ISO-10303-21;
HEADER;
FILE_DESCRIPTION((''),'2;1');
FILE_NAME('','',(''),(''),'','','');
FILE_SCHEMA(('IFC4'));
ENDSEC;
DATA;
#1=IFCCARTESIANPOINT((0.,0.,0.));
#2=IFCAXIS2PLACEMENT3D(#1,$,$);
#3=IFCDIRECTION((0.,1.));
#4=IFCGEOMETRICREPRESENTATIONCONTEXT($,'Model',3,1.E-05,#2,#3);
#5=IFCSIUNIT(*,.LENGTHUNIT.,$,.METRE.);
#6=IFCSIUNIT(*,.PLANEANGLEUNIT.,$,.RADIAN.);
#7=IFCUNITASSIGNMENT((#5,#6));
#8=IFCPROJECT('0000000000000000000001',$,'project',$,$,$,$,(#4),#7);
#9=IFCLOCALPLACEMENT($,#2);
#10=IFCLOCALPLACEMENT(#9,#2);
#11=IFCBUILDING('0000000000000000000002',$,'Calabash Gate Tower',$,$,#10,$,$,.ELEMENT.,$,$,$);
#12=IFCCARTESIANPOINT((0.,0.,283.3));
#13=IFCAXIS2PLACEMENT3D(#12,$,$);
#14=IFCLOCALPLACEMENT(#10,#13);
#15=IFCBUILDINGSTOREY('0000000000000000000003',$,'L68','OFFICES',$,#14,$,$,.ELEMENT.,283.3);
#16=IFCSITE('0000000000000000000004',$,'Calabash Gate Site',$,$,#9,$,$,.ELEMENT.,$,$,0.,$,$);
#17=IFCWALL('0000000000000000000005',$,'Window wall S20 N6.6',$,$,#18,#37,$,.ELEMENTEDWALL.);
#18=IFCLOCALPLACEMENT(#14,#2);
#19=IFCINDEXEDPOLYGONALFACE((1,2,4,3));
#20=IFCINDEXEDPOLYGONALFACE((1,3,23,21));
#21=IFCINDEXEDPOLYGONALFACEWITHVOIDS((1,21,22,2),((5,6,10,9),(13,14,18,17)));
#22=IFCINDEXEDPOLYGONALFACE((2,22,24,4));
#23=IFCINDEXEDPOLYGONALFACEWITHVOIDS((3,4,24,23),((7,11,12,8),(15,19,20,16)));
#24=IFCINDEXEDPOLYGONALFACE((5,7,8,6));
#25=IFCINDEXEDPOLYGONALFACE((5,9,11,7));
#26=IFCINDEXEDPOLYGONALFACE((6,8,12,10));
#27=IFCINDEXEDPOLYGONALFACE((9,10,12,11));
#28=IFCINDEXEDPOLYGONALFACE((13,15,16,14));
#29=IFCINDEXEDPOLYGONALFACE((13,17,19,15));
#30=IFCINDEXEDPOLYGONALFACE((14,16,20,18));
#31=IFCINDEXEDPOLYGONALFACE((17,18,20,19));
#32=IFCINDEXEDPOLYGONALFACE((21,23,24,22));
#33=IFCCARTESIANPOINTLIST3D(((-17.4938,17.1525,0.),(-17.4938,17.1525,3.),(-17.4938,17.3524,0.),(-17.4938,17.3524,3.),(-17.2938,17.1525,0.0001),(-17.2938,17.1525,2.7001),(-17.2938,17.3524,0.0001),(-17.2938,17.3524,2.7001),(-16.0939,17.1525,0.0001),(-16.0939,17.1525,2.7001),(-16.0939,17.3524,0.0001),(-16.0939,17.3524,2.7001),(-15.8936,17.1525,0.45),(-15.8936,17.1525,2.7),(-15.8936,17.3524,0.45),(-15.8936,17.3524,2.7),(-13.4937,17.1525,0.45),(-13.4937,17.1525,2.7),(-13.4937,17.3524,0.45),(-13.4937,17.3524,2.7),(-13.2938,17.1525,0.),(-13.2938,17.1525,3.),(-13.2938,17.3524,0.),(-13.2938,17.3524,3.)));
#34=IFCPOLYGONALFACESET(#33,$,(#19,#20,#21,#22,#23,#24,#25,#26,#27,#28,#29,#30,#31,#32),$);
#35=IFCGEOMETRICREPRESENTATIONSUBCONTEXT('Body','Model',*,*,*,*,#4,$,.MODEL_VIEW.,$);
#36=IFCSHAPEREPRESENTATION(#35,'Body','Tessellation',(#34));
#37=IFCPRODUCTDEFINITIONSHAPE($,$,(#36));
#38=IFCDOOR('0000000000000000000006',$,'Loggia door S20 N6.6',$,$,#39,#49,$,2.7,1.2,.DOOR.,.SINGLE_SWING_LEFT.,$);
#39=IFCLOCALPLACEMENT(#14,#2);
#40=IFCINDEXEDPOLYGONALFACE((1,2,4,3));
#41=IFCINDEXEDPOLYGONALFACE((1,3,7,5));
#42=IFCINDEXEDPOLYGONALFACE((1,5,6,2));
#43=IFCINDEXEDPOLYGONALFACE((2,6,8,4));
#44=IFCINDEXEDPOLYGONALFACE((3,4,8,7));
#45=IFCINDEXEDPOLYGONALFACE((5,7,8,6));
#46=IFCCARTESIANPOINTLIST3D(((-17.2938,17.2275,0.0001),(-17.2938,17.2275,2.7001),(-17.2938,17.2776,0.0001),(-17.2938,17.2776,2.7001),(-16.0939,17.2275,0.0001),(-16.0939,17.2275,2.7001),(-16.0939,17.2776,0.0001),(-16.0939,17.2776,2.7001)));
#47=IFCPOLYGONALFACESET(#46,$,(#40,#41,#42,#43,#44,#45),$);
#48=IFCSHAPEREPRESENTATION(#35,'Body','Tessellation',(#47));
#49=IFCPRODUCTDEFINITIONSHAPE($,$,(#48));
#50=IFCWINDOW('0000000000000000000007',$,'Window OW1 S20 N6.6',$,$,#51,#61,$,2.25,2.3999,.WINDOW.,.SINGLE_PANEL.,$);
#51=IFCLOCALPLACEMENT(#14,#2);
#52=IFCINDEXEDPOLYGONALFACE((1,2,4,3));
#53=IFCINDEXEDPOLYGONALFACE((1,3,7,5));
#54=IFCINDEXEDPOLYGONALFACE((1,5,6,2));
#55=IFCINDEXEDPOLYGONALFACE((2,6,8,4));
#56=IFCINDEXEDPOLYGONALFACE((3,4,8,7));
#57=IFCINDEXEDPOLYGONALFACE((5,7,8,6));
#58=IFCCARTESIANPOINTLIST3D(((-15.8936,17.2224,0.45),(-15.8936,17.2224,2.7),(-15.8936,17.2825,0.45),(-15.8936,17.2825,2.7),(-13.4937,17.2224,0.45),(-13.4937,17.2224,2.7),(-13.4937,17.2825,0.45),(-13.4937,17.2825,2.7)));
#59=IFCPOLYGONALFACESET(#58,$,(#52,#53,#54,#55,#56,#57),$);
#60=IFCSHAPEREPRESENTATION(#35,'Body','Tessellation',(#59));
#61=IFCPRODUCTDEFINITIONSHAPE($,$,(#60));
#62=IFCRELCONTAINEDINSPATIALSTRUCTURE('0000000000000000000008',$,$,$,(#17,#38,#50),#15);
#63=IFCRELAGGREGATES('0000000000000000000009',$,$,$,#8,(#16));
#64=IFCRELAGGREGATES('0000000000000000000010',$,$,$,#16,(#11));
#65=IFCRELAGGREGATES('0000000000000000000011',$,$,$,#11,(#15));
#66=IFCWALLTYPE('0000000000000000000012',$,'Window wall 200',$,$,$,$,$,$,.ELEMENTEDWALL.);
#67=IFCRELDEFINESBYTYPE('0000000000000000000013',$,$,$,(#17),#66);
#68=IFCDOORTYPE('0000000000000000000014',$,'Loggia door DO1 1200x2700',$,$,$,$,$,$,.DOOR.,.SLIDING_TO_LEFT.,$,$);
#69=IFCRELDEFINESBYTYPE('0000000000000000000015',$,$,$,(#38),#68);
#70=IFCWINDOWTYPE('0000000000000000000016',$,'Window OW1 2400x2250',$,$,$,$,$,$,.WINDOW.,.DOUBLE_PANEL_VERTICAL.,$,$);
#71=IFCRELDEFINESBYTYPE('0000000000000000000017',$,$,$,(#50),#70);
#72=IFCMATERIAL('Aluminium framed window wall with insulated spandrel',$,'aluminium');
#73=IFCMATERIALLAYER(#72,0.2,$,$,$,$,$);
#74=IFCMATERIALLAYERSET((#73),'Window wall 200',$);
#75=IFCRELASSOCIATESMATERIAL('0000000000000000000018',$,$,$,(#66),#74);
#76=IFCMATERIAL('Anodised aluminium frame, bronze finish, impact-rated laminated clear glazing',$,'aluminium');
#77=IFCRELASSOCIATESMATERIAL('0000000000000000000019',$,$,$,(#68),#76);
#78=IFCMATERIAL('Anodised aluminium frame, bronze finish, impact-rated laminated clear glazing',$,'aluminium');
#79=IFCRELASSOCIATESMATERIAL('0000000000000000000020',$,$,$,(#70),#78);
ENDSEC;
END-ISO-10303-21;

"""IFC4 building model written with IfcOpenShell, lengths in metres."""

from ifc_helpers import new_model, si_unit, direction, frame, frame_2d, origin, place, context, subcontext, project, spatial, rectangle, extrude, material, layer, layer_set, type_object, element, fill, save


model = new_model("IFC4")

# Units and contexts
model_context = context("Model", 3, precision=1e-05, world=origin(), true_north=direction((0.0, 1.0)))
body_context = subcontext(model_context, "Body", "Model", "MODEL_VIEW")
ifc_project = project(units=[si_unit("LENGTHUNIT", "METRE"), si_unit("PLANEANGLEUNIT", "RADIAN")], contexts=[model_context])

# Site, building, storey
site_placement = place(None, origin())
site = spatial("IfcSite", under=ifc_project, at=site_placement, Name="Calabash Gate Site", CompositionType="ELEMENT", RefElevation=0.0)
building_placement = place(site_placement, origin())
building = spatial("IfcBuilding", under=site, at=building_placement, Name="Calabash Gate Tower", CompositionType="ELEMENT")
storey_placement = place(building_placement, frame((0.0, 0.0, 283.3)))
storey = spatial("IfcBuildingStorey", under=building, at=storey_placement, Name="L68", Description="OFFICES", CompositionType="ELEMENT", Elevation=283.3)

# Wall, openings, door, window
ifc_material_1 = material(Name="Aluminium framed window wall with insulated spandrel", Category="aluminium")
ifc_layer_1 = layer(ifc_material_1, 0.2)
ifc_layer_set_1 = layer_set([ifc_layer_1], Name="Window wall 200")
wall_type_1 = type_object("IfcWallType", Name="Window wall 200", PredefinedType="ELEMENTEDWALL", material=ifc_layer_set_1)
wall_1_placement = place(storey_placement, frame((-13.2937, 17.2524, 0.0), z_axis=(0.0, 0.0, 1.0), x_axis=(-1.0, 0.0, 0.0)))
wall_1 = element("IfcWall", 1, at=wall_1_placement, inside=storey, type_object=wall_type_1, Name="Window wall S20 N6.6", PredefinedType="ELEMENTEDWALL", context=body_context, shape_type="SweptSolid", body=[
    extrude(rectangle(XDim=4.2, YDim=0.2, at=frame_2d((2.1001, 0.0))), origin(), (0.0, 0.0, 1.0), 3.0),
])
opening_1_placement = place(wall_1_placement, frame((0.2, 0.0, 0.45)))
opening_1 = element("IfcOpeningElement", 2, at=opening_1_placement, cuts=wall_1, PredefinedType="OPENING", context=body_context, shape_type="SweptSolid", body=[
    extrude(rectangle(XDim=2.3999, YDim=2.25, at=frame_2d((1.2, 1.125))), frame((0.0, 0.1099, 0.0), z_axis=(0.0, -1.0, 0.0), x_axis=(1.0, 0.0, 0.0)), (0.0, 0.0, 1.0), 0.22),
])
opening_2_placement = place(wall_1_placement, frame((2.8, 0.0, 0.0)))
opening_2 = element("IfcOpeningElement", 3, at=opening_2_placement, cuts=wall_1, PredefinedType="OPENING", context=body_context, shape_type="SweptSolid", body=[
    extrude(rectangle(XDim=1.2, YDim=2.7, at=frame_2d((0.6001, 1.3501))), frame((0.0, 0.1099, 0.0), z_axis=(0.0, -1.0, 0.0), x_axis=(1.0, 0.0, 0.0)), (0.0, 0.0, 1.0), 0.22),
])
ifc_material_2 = material(Name="Anodised aluminium frame, bronze finish, impact-rated laminated clear glazing", Category="aluminium")
door_type_1 = type_object("IfcDoorType", Name="Loggia door DO1 1200x2700", OperationType="SLIDING_TO_LEFT", PredefinedType="DOOR", material=ifc_material_2)
door_1_placement = place(opening_2_placement, origin())
door_1 = element("IfcDoor", 4, at=door_1_placement, inside=storey, type_object=door_type_1, Name="Loggia door S20 N6.6", OperationType="SINGLE_SWING_LEFT", OverallHeight=2.7, OverallWidth=1.2, PredefinedType="DOOR", context=body_context, shape_type="SweptSolid", body=[
    extrude(rectangle(XDim=1.2, YDim=2.7, at=frame_2d((0.6001, 1.3501))), frame((0.0, 0.0249, 0.0), z_axis=(0.0, -1.0, 0.0), x_axis=(1.0, 0.0, 0.0)), (0.0, 0.0, 1.0), 0.05),
])
fill(opening_2, door_1)
ifc_material_3 = material(Name="Anodised aluminium frame, bronze finish, impact-rated laminated clear glazing", Category="aluminium")
window_type = type_object("IfcWindowType", Name="Window OW1 2400x2250", PartitioningType="DOUBLE_PANEL_VERTICAL", PredefinedType="WINDOW", material=ifc_material_3)
window_placement = place(opening_1_placement, origin())
window = element("IfcWindow", 5, at=window_placement, inside=storey, type_object=window_type, Name="Window OW1 S20 N6.6", OverallHeight=2.25, OverallWidth=2.3999, PartitioningType="SINGLE_PANEL", PredefinedType="WINDOW", context=body_context, shape_type="SweptSolid", body=[
    extrude(rectangle(XDim=2.3999, YDim=2.25, at=frame_2d((1.2, 1.125))), frame((0.0, 0.03, 0.0), z_axis=(0.0, -1.0, 0.0), x_axis=(1.0, 0.0, 0.0)), (0.0, 0.0, 1.0), 0.0601),
])
fill(opening_1, window)

save(model, "model.ifc")
